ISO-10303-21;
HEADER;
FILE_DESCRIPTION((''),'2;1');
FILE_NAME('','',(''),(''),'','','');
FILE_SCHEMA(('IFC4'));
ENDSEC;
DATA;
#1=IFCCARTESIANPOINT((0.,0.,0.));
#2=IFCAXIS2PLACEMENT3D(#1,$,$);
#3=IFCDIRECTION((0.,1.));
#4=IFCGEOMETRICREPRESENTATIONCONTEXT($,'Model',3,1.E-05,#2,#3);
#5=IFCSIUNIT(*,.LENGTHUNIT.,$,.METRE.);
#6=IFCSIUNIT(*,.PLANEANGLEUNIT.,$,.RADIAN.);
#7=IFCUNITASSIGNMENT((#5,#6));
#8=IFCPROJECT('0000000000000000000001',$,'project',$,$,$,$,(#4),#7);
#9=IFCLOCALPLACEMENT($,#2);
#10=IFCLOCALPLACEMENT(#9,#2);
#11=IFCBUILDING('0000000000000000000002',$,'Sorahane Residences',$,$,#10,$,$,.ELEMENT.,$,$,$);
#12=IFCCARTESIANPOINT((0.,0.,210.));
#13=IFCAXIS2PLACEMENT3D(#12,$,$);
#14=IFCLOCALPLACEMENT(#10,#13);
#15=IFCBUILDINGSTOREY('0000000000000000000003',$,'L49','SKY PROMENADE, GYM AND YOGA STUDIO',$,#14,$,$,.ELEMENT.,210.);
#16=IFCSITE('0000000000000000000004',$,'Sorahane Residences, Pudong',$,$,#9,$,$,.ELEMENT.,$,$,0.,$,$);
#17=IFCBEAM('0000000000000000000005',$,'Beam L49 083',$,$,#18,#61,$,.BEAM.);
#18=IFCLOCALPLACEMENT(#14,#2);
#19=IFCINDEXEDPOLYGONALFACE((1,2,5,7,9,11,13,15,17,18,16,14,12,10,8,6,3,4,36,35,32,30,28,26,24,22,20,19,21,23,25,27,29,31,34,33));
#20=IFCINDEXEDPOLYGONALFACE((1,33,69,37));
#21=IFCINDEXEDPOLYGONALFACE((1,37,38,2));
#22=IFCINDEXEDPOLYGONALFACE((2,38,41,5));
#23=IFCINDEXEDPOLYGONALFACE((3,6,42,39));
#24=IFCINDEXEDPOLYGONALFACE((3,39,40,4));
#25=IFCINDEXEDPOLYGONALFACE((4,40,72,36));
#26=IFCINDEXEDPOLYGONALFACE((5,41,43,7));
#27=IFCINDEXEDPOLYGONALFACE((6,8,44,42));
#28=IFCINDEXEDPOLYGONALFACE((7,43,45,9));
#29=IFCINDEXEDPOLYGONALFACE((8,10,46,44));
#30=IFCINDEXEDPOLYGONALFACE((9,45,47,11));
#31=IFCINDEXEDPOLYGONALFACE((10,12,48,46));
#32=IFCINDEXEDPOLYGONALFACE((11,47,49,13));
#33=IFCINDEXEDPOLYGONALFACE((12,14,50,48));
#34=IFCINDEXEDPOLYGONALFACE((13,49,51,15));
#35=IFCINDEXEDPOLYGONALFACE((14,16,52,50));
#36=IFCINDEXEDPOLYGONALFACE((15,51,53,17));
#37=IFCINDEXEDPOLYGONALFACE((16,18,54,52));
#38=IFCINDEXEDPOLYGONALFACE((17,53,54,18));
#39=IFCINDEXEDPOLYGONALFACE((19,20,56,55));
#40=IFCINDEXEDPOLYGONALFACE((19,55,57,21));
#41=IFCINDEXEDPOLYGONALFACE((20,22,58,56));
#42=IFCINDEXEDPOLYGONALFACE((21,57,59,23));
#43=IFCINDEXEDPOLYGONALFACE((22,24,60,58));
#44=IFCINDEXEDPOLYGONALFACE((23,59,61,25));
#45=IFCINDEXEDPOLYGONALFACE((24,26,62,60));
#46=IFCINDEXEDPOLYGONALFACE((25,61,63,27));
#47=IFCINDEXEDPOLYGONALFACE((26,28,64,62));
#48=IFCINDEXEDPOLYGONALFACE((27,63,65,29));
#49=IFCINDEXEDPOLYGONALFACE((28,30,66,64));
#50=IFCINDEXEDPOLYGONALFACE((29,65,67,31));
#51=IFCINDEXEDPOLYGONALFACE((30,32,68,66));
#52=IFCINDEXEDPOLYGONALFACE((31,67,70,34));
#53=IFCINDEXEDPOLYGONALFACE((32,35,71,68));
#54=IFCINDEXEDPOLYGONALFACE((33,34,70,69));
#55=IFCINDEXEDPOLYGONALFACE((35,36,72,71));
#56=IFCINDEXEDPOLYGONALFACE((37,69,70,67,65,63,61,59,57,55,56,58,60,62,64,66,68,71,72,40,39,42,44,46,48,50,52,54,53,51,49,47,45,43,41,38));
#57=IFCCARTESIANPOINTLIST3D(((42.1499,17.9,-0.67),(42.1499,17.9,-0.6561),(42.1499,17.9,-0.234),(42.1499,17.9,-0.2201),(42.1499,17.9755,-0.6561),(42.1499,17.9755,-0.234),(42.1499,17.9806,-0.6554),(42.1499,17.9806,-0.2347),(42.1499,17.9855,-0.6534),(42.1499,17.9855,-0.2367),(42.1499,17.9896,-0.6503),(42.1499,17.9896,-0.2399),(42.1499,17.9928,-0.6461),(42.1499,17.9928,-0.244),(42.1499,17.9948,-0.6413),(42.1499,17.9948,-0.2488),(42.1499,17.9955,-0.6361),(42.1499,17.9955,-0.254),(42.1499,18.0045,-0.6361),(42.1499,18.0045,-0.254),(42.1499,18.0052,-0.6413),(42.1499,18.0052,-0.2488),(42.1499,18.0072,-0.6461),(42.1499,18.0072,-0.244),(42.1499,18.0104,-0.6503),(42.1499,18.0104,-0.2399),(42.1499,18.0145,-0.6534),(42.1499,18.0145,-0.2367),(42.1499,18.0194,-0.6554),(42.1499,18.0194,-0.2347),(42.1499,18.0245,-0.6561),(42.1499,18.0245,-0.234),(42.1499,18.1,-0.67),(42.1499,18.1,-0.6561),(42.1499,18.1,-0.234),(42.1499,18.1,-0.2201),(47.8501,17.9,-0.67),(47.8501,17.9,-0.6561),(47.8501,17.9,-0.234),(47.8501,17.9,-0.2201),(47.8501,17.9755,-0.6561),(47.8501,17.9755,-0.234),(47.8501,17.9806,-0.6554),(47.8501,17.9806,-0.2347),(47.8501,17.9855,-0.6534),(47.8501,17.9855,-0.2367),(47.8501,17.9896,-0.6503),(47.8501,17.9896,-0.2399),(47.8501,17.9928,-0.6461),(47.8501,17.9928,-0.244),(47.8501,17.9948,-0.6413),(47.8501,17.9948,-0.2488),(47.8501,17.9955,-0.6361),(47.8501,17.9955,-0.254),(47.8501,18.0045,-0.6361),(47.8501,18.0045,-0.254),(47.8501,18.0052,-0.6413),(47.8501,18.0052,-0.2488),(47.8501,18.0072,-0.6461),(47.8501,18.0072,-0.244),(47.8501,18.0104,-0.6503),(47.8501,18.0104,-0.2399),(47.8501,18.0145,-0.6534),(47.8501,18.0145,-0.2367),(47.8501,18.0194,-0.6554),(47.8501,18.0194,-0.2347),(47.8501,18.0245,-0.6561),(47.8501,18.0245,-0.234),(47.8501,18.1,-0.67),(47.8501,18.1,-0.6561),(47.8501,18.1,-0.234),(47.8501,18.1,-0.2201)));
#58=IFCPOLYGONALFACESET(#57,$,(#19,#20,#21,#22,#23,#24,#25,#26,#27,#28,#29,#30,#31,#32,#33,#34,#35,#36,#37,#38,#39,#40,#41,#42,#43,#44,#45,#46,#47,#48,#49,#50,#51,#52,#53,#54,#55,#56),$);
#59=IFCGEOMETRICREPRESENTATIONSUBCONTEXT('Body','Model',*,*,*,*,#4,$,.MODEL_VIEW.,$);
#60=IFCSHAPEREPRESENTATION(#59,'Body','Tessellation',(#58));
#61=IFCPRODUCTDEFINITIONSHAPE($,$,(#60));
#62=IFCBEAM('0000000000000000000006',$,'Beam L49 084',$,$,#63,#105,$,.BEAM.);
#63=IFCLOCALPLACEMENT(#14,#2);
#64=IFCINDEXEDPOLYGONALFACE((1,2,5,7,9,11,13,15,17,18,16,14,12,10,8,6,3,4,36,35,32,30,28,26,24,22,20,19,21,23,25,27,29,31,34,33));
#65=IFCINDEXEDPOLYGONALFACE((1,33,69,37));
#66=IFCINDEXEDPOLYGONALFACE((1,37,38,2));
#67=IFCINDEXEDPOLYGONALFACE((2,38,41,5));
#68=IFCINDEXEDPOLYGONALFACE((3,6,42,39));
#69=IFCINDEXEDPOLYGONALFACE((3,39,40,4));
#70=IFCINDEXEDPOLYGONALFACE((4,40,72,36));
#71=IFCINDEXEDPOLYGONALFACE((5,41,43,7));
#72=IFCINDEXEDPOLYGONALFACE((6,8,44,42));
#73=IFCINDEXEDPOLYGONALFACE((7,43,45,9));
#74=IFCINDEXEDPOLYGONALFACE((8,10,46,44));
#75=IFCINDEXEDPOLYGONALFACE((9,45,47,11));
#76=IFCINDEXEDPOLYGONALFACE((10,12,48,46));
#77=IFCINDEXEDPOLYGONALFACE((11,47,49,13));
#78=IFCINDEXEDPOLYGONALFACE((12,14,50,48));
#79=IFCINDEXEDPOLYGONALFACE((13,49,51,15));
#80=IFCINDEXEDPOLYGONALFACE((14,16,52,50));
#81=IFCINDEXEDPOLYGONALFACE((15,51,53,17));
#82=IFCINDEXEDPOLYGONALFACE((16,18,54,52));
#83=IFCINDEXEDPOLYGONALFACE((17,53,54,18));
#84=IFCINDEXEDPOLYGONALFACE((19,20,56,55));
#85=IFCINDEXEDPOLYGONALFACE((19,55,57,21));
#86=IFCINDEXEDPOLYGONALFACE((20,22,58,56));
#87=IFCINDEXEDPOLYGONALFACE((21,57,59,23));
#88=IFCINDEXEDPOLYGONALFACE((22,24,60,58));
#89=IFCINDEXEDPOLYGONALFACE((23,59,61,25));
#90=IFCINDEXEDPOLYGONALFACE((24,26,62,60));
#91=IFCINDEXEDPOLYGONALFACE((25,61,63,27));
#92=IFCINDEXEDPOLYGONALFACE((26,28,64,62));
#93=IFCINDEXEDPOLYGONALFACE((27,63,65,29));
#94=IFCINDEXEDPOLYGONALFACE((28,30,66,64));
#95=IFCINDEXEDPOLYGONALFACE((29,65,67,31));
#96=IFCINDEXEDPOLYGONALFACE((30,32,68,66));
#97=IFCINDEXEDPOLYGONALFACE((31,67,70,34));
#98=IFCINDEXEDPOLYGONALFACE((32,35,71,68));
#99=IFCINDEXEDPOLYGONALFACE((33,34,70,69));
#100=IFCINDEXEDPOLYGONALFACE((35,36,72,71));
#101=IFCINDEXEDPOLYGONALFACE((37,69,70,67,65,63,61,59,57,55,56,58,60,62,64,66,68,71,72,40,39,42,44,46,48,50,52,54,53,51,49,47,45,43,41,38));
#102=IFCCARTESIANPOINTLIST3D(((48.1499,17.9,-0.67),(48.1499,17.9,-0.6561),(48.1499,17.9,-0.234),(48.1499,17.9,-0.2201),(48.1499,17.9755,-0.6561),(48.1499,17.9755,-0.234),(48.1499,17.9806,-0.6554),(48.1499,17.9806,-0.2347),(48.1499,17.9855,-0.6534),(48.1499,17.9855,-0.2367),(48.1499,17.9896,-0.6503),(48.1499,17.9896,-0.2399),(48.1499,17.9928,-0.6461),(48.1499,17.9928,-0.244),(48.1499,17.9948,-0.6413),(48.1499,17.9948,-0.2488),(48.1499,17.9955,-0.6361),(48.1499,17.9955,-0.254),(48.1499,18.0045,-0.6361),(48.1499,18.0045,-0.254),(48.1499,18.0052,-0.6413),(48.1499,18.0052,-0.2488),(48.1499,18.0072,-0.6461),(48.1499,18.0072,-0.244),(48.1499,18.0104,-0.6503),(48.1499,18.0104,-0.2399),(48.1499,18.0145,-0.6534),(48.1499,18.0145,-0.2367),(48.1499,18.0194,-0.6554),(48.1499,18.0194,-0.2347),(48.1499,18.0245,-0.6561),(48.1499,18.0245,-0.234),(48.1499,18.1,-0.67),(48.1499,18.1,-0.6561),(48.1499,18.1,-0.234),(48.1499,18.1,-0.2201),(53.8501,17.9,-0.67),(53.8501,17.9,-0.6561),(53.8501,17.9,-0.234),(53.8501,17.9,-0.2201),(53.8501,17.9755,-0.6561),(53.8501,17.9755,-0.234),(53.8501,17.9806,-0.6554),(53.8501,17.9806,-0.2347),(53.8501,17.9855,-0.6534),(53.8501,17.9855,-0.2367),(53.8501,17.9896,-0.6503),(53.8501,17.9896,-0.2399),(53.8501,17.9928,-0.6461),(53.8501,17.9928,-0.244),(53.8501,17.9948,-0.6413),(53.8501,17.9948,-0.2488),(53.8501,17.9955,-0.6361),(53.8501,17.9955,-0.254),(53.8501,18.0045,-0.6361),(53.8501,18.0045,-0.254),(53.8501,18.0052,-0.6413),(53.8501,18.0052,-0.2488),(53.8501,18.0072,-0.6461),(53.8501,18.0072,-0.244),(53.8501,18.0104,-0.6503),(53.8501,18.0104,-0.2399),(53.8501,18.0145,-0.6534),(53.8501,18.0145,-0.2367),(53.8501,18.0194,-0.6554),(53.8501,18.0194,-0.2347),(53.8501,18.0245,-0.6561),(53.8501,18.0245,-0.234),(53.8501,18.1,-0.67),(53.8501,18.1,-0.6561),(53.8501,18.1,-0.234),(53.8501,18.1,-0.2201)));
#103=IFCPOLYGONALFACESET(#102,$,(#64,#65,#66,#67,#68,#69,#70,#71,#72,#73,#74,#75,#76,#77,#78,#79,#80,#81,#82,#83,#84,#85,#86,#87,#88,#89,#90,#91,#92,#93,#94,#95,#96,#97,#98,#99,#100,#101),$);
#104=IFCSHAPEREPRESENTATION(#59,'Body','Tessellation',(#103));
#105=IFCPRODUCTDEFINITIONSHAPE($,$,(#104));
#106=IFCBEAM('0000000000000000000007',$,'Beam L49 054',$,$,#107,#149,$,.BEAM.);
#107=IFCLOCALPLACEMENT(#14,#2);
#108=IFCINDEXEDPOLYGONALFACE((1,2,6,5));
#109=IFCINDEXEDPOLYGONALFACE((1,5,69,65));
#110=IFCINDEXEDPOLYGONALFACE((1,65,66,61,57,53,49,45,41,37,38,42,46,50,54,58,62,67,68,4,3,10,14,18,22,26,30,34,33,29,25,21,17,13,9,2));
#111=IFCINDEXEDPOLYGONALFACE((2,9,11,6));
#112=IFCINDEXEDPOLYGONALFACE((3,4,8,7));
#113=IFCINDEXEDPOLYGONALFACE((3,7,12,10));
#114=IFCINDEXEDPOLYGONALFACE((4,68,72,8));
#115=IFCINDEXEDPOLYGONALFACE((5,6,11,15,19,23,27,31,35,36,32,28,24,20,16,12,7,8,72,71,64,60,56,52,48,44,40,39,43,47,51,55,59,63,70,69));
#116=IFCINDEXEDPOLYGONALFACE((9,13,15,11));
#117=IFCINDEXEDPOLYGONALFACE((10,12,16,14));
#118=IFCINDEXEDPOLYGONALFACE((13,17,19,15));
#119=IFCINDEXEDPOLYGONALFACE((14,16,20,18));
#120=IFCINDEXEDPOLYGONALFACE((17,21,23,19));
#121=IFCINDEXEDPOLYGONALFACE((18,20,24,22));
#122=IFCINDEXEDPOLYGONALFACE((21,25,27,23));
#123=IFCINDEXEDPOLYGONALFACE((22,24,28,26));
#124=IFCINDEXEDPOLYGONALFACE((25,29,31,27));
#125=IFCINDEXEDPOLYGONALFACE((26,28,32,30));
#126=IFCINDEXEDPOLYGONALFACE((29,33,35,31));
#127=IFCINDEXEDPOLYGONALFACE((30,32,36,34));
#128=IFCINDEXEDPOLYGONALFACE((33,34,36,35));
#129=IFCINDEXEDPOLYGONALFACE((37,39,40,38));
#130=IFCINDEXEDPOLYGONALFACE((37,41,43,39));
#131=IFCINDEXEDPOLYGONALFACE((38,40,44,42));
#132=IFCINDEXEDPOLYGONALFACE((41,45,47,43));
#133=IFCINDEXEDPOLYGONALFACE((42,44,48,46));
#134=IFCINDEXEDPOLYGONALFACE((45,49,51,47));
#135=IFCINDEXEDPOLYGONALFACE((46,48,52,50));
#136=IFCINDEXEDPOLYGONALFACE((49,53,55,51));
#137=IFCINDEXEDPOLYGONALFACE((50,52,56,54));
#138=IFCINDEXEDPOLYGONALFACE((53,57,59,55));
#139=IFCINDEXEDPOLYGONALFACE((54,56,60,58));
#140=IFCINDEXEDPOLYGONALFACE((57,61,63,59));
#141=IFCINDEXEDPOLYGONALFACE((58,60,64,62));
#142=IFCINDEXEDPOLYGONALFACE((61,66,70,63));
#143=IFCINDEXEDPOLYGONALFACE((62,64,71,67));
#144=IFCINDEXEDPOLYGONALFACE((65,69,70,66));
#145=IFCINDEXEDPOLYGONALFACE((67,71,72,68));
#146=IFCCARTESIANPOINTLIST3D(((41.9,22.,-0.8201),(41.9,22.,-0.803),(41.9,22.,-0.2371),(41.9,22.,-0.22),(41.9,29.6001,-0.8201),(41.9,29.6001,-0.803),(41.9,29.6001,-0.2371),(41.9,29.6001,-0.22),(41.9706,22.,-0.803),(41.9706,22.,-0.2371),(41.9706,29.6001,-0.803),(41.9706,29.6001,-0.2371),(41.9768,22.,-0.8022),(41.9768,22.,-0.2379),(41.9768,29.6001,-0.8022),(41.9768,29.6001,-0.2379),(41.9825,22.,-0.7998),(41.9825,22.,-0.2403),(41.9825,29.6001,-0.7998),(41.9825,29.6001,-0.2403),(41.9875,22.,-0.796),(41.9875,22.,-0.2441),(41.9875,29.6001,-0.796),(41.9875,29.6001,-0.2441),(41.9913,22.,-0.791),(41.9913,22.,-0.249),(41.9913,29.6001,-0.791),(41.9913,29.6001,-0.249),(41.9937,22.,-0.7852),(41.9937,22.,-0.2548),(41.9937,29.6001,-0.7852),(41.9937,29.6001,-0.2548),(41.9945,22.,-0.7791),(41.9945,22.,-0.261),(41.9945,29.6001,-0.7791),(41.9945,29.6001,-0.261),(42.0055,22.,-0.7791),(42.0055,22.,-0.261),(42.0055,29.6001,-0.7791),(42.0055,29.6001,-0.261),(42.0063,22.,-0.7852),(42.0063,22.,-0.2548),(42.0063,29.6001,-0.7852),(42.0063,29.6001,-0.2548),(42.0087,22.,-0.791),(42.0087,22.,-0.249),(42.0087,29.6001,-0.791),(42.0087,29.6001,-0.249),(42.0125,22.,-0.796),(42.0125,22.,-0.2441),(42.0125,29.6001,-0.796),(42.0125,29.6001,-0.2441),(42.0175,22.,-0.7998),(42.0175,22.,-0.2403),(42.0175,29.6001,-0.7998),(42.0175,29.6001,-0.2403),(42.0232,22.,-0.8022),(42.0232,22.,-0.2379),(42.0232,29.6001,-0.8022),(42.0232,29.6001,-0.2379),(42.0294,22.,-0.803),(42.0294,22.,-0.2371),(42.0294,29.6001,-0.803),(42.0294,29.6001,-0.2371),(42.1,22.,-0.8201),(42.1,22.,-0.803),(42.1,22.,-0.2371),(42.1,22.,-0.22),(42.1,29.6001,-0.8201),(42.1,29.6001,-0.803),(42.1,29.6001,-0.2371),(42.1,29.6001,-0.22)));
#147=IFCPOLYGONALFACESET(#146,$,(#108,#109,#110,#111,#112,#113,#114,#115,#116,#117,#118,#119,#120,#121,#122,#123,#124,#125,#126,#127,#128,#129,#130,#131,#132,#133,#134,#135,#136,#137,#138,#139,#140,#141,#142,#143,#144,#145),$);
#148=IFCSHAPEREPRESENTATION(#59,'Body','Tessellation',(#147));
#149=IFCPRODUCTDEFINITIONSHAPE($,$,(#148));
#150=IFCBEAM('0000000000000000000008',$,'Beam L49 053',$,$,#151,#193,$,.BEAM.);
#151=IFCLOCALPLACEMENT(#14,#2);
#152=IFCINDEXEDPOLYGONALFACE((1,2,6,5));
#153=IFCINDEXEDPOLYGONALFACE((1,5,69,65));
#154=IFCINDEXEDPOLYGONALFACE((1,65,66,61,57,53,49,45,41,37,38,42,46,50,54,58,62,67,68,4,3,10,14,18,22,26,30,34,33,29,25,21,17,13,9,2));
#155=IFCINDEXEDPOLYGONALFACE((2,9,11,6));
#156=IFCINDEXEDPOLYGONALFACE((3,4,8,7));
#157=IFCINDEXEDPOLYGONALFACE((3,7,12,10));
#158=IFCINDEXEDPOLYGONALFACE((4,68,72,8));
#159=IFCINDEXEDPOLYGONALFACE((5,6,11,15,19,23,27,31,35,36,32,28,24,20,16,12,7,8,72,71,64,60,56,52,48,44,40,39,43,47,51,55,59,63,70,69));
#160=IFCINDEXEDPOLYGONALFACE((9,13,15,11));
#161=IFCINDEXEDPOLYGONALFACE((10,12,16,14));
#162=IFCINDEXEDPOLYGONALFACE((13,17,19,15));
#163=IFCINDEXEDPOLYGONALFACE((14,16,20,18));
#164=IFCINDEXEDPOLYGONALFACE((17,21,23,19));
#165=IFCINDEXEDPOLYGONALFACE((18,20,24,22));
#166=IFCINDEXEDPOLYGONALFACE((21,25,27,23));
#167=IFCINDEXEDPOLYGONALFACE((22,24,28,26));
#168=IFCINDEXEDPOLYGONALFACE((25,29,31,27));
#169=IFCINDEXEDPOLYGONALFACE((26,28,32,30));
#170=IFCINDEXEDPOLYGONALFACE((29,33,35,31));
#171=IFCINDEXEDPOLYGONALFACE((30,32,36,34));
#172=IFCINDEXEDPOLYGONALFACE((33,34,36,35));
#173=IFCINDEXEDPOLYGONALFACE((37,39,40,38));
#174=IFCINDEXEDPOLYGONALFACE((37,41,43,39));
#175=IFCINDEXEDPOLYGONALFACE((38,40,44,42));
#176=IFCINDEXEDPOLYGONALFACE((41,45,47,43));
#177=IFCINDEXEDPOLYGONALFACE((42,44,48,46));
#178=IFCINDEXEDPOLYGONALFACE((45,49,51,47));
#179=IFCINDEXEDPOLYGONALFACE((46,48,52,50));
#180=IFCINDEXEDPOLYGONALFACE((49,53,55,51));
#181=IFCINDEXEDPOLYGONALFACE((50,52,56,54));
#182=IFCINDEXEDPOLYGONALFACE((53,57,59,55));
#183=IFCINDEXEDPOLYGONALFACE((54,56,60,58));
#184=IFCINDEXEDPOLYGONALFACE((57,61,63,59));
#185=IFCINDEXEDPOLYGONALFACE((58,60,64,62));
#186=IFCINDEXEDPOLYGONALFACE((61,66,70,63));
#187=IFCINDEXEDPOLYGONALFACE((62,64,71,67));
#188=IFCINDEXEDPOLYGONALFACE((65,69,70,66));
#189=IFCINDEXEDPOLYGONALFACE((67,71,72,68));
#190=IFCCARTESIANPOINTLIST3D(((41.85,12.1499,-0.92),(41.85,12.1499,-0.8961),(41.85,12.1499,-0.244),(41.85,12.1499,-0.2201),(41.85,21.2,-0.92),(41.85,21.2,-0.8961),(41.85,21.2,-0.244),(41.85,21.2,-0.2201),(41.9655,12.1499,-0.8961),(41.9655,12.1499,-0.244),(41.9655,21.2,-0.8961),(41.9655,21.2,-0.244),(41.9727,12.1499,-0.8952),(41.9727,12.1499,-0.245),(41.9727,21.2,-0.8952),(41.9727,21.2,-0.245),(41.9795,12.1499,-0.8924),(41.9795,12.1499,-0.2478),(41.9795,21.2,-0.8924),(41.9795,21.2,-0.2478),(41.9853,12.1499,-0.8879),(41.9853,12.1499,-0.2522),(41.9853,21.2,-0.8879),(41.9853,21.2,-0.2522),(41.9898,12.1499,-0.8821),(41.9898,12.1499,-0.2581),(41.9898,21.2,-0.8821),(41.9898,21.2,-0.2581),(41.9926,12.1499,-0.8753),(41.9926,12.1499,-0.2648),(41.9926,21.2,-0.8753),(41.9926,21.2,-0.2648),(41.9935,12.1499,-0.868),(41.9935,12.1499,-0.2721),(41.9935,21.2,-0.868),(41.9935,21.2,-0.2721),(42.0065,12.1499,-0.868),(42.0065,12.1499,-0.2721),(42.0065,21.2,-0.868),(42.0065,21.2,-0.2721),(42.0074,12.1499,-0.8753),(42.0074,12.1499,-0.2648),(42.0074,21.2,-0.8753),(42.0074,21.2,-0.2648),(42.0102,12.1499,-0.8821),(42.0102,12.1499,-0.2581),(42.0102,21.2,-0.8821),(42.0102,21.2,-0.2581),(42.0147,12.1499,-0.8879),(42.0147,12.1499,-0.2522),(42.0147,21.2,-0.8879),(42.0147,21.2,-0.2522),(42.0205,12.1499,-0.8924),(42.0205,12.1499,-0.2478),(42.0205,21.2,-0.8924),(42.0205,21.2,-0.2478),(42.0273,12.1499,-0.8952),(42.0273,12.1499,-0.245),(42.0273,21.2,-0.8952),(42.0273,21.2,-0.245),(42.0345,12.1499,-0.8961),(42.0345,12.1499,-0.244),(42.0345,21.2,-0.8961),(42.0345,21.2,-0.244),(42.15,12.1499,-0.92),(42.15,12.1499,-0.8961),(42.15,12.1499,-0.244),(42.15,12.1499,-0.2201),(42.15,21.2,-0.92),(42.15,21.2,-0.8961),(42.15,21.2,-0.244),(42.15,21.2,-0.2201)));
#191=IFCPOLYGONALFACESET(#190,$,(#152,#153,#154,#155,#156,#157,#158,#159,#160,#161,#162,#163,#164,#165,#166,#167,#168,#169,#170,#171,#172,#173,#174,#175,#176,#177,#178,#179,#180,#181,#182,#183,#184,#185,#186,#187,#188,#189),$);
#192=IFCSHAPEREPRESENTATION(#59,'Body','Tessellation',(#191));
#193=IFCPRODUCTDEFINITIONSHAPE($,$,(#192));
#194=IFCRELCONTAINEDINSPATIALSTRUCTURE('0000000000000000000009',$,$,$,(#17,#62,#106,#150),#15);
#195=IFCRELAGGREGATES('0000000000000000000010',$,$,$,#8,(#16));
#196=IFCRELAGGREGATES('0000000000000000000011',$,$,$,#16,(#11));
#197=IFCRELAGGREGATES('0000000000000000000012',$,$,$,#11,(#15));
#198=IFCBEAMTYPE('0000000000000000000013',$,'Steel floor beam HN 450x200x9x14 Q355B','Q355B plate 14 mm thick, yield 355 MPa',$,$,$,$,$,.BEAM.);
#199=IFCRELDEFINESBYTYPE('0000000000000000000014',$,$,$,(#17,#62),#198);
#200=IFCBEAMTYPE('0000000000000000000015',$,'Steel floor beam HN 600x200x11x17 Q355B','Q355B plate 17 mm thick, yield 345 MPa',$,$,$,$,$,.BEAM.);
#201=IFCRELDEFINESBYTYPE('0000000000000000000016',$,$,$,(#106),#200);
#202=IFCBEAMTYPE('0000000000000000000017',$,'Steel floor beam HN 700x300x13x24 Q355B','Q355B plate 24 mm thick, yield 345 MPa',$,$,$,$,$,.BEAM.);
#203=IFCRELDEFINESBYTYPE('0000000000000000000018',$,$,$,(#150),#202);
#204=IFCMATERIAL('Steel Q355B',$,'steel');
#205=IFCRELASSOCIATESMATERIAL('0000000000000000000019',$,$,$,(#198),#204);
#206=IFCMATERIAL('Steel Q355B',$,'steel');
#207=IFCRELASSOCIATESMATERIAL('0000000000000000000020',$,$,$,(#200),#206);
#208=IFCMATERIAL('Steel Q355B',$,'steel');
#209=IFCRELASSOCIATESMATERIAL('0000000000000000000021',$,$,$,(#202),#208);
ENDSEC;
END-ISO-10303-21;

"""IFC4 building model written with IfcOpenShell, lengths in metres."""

from ifc_helpers import new_model, si_unit, direction, frame, origin, origin_2d, place, context, subcontext, project, spatial, i_section, extrude, material, material_profile, profile_set, type_object, element, save


model = new_model("IFC4")

# Units and contexts
model_context = context("Model", 3, precision=1e-05, world=origin(), true_north=direction((0.0, 1.0)))
body_context = subcontext(model_context, "Body", "Model", "MODEL_VIEW")
ifc_project = project(units=[si_unit("LENGTHUNIT", "METRE"), si_unit("PLANEANGLEUNIT", "RADIAN")], contexts=[model_context])

# Site, building, storey
site_placement = place(None, origin())
site = spatial("IfcSite", under=ifc_project, at=site_placement, Name="Sorahane Residences, Pudong", CompositionType="ELEMENT", RefElevation=0.0)
building_placement = place(site_placement, origin())
building = spatial("IfcBuilding", under=site, at=building_placement, Name="Sorahane Residences", CompositionType="ELEMENT")
storey_placement = place(building_placement, frame((0.0, 0.0, 210.0)))
storey = spatial("IfcBuildingStorey", under=building, at=storey_placement, Name="L49", Description="SKY PROMENADE, GYM AND YOGA STUDIO", CompositionType="ELEMENT", Elevation=210.0)

# Beams
ifc_material_1 = material(Name="Steel Q355B", Category="steel")
ifc_material_profile_1 = material_profile(ifc_material_1, i_section(OverallWidth=0.2, OverallDepth=0.45, WebThickness=0.009, FlangeThickness=0.0139, FilletRadius=0.02, at=origin_2d()), Name="HN 450x200x9x14")
ifc_profile_set_1 = profile_set([ifc_material_profile_1], Name="Steel Q355B")
beam_type_1 = type_object("IfcBeamType", Name="Steel floor beam HN 450x200x9x14 Q355B", Description="Q355B plate 14 mm thick, yield 355 MPa", PredefinedType="BEAM", material=ifc_profile_set_1)
for number, where, z_axis, x_axis, name in (
    (1, (42.1499, 18.0, -0.4451), (1.0, 0.0, 0.0), (0.0, 1.0, 0.0), "Beam L49 083"),
    (2, (48.1499, 18.0, -0.4451), (1.0, 0.0, 0.0), (0.0, 1.0, 0.0), "Beam L49 084"),
):
    element("IfcBeam", number, at=place(storey_placement, frame(where, z_axis=z_axis, x_axis=x_axis)), inside=storey, type_object=beam_type_1, Name=name, PredefinedType="BEAM", context=body_context, shape_type="SweptSolid", body=[
        extrude(i_section(OverallWidth=0.2, OverallDepth=0.45, WebThickness=0.009, FlangeThickness=0.0139, FilletRadius=0.02, at=origin_2d()), origin(), (0.0, 0.0, 1.0), 5.7002),
    ])
ifc_material_2 = material(Name="Steel Q355B", Category="steel")
ifc_material_profile_2 = material_profile(ifc_material_2, i_section(OverallWidth=0.2, OverallDepth=0.6001, WebThickness=0.011, FlangeThickness=0.0171, FilletRadius=0.0239, at=origin_2d()), Name="HN 600x200x11x17")
ifc_profile_set_2 = profile_set([ifc_material_profile_2], Name="Steel Q355B")
beam_type_2 = type_object("IfcBeamType", Name="Steel floor beam HN 600x200x11x17 Q355B", Description="Q355B plate 17 mm thick, yield 345 MPa", PredefinedType="BEAM", material=ifc_profile_set_2)
beam_1_placement = place(storey_placement, frame((42.0, 22.0, -0.52), z_axis=(0.0, 1.0, 0.0), x_axis=(-1.0, 0.0, 0.0)))
element("IfcBeam", 3, at=beam_1_placement, inside=storey, type_object=beam_type_2, Name="Beam L49 054", PredefinedType="BEAM", context=body_context, shape_type="SweptSolid", body=[
    extrude(i_section(OverallWidth=0.2, OverallDepth=0.6001, WebThickness=0.011, FlangeThickness=0.0171, FilletRadius=0.0239, at=origin_2d()), origin(), (0.0, 0.0, 1.0), 7.6001),
])
ifc_material_3 = material(Name="Steel Q355B", Category="steel")
ifc_material_profile_3 = material_profile(ifc_material_3, i_section(OverallWidth=0.3, OverallDepth=0.7, WebThickness=0.0129, FlangeThickness=0.0239, FilletRadius=0.0281, at=origin_2d()), Name="HN 700x300x13x24")
ifc_profile_set_3 = profile_set([ifc_material_profile_3], Name="Steel Q355B")
beam_type_3 = type_object("IfcBeamType", Name="Steel floor beam HN 700x300x13x24 Q355B", Description="Q355B plate 24 mm thick, yield 345 MPa", PredefinedType="BEAM", material=ifc_profile_set_3)
beam_2_placement = place(storey_placement, frame((42.0, 12.1499, -0.5701), z_axis=(0.0, 1.0, 0.0), x_axis=(-1.0, 0.0, 0.0)))
element("IfcBeam", 4, at=beam_2_placement, inside=storey, type_object=beam_type_3, Name="Beam L49 053", PredefinedType="BEAM", context=body_context, shape_type="SweptSolid", body=[
    extrude(i_section(OverallWidth=0.3, OverallDepth=0.7, WebThickness=0.0129, FlangeThickness=0.0239, FilletRadius=0.0281, at=origin_2d()), origin(), (0.0, 0.0, 1.0), 9.05),
])

save(model, "model.ifc")
